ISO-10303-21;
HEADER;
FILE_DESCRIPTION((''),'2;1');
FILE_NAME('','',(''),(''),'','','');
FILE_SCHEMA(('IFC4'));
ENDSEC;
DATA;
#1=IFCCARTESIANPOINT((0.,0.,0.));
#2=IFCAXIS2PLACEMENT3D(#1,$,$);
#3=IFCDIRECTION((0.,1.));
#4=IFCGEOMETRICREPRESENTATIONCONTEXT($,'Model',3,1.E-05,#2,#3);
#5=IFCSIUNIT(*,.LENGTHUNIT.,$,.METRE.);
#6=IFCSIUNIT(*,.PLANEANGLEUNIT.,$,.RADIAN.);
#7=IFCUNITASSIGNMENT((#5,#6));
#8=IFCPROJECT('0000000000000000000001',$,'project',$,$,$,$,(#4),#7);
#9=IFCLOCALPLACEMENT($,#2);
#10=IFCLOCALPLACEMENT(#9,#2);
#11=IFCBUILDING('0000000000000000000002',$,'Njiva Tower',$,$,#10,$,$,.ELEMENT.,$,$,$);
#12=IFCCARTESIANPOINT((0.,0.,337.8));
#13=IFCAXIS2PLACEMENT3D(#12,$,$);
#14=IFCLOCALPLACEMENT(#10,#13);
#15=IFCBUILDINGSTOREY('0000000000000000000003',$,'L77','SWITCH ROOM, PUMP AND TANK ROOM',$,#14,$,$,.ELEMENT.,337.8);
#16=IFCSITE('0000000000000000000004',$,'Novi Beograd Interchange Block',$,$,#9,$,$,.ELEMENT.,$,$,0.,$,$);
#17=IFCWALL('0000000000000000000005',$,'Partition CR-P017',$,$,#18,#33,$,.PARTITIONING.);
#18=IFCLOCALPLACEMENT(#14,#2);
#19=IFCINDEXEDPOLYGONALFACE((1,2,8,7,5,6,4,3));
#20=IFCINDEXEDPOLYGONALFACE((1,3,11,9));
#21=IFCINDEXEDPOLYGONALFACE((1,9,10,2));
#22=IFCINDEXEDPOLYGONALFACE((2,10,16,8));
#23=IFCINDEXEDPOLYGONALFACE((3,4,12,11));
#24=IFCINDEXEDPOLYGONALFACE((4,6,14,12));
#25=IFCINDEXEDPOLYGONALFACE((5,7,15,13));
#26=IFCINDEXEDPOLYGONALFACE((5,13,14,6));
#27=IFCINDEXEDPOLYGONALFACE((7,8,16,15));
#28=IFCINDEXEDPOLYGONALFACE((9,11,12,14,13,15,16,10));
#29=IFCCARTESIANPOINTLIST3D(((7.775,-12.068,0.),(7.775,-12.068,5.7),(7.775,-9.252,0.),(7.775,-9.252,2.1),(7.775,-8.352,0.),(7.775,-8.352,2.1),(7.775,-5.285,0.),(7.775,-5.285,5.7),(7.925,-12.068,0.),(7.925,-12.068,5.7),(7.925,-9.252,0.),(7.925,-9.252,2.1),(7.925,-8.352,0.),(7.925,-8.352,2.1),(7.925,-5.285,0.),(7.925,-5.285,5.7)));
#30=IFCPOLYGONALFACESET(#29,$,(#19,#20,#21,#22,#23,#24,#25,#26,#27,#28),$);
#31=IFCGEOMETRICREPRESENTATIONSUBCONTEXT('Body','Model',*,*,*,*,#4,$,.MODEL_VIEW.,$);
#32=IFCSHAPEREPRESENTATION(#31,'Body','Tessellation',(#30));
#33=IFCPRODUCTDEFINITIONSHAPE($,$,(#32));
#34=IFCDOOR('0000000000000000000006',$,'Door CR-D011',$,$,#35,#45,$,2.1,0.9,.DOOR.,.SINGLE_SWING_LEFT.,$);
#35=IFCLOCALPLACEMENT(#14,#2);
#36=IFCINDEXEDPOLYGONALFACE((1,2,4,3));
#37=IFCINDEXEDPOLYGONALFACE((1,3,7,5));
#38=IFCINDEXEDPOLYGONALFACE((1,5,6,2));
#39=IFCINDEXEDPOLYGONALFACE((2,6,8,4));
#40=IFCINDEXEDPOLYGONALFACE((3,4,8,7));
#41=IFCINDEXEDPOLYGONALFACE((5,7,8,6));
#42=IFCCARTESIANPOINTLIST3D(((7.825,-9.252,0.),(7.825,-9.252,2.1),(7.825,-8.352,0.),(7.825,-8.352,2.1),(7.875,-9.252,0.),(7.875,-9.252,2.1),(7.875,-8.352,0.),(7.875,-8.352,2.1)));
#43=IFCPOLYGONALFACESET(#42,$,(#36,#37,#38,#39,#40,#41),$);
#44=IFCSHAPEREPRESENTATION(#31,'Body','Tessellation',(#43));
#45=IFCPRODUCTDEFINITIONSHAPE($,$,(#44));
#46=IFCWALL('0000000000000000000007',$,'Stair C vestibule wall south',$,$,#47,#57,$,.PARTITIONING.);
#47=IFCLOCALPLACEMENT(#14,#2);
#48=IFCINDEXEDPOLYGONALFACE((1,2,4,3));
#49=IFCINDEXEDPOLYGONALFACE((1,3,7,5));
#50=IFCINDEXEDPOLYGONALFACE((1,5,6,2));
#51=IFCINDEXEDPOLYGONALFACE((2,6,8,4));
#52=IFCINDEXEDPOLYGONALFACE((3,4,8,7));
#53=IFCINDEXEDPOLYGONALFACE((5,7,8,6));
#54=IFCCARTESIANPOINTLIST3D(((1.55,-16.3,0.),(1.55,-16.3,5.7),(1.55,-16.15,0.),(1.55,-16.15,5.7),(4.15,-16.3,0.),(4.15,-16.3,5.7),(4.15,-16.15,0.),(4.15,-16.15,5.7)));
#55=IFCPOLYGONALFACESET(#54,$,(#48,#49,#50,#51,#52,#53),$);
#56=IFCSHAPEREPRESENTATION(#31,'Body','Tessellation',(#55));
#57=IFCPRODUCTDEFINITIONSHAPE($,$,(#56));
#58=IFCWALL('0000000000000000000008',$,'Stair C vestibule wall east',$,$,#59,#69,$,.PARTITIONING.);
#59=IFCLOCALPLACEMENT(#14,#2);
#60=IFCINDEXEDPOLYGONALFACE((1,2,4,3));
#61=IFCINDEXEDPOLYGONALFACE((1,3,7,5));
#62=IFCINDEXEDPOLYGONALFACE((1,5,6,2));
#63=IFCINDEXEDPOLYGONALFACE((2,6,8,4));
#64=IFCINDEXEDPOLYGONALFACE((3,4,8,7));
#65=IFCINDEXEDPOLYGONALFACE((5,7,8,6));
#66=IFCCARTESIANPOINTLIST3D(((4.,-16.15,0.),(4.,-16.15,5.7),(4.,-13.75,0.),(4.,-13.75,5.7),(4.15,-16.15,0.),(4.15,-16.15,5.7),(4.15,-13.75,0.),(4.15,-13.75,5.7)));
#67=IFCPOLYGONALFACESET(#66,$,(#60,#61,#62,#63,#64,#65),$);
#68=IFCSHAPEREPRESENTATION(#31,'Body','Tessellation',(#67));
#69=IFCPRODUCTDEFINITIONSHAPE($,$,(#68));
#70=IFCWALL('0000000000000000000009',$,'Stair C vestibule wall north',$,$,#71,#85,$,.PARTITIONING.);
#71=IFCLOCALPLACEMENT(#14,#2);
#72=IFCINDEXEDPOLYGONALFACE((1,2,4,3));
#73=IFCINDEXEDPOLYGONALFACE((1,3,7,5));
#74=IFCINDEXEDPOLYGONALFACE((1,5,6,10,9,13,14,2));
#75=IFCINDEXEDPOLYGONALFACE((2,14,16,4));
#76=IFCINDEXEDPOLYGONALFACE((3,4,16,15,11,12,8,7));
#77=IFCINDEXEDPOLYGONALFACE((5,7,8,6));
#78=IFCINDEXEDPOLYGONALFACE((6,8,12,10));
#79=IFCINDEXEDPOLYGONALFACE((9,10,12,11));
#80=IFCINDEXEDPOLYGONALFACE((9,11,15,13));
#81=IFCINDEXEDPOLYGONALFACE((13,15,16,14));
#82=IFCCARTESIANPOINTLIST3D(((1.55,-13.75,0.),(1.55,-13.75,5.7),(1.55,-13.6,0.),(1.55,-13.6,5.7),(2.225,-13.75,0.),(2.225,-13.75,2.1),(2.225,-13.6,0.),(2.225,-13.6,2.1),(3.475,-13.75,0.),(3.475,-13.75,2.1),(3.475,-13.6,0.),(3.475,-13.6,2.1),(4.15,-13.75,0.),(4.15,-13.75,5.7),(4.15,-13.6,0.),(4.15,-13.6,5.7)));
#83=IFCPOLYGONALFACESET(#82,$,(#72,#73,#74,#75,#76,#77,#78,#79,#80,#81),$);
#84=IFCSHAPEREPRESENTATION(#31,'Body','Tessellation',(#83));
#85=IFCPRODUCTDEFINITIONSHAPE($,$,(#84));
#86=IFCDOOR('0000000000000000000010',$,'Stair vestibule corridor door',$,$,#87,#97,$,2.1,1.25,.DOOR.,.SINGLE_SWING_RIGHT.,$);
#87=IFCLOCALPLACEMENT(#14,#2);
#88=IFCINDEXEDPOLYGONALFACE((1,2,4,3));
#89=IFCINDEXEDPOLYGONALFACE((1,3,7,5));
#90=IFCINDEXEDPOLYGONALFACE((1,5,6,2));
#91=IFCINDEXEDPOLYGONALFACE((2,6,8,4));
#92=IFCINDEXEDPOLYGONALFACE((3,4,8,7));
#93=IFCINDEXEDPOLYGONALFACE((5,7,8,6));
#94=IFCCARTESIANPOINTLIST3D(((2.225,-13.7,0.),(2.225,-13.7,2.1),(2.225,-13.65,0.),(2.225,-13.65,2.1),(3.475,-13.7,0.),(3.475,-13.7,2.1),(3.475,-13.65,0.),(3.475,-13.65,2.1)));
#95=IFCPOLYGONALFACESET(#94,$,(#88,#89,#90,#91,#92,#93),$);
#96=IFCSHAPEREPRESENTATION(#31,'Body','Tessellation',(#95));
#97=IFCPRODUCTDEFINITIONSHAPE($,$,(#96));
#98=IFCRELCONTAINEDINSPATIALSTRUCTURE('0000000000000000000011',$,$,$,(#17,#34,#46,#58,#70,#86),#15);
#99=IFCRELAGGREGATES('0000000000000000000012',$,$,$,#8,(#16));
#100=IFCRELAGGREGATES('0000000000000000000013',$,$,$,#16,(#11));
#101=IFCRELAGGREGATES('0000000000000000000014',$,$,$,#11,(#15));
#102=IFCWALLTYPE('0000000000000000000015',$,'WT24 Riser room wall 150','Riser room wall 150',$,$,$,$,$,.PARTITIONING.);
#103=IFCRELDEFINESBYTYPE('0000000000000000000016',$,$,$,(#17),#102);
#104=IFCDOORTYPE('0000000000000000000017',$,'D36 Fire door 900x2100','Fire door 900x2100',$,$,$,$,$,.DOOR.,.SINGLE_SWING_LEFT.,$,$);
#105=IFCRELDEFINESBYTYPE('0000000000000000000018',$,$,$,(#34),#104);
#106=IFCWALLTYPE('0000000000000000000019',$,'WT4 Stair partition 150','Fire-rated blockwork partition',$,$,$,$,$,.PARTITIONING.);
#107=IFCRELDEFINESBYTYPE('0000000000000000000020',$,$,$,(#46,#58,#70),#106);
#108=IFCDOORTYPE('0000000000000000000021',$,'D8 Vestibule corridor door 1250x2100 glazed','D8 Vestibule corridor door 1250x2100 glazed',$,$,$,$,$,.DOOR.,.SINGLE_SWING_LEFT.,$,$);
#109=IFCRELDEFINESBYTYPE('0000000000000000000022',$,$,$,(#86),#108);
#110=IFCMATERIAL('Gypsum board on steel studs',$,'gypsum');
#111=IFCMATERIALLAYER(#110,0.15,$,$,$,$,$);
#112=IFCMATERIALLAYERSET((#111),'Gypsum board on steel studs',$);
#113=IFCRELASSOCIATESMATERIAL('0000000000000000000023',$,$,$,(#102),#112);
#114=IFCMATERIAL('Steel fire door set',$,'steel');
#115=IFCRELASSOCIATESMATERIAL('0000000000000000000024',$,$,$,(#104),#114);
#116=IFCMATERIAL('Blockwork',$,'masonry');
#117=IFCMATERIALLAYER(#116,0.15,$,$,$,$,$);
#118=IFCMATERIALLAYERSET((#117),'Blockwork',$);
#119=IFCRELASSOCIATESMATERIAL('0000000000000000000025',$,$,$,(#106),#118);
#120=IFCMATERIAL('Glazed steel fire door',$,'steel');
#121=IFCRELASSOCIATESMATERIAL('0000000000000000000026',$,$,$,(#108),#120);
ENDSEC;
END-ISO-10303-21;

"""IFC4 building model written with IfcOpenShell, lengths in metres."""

from ifc_helpers import new_model, si_unit, direction, frame, frame_2d, origin, place, context, subcontext, project, spatial, rectangle, extrude, material, layer, layer_set, type_object, element, fill, save


model = new_model("IFC4")

# Units and contexts
model_context = context("Model", 3, precision=1e-05, world=origin(), true_north=direction((0.0, 1.0)))
body_context = subcontext(model_context, "Body", "Model", "MODEL_VIEW")
ifc_project = project(units=[si_unit("LENGTHUNIT", "METRE"), si_unit("PLANEANGLEUNIT", "RADIAN")], contexts=[model_context])

# Site, building, storey
site_placement = place(None, origin())
site = spatial("IfcSite", under=ifc_project, at=site_placement, Name="Novi Beograd Interchange Block", CompositionType="ELEMENT", RefElevation=0.0)
building_placement = place(site_placement, origin())
building = spatial("IfcBuilding", under=site, at=building_placement, Name="Njiva Tower", CompositionType="ELEMENT")
storey_placement = place(building_placement, frame((0.0, 0.0, 337.8)))
storey = spatial("IfcBuildingStorey", under=building, at=storey_placement, Name="L77", Description="SWITCH ROOM, PUMP AND TANK ROOM", CompositionType="ELEMENT", Elevation=337.8)

# Shared definitions
ifc_material_1 = material(Name="Blockwork", Category="masonry")

# Wall, opening, door
ifc_material_2 = material(Name="Gypsum board on steel studs", Category="gypsum")
ifc_layer_1 = layer(ifc_material_2, 0.15)
ifc_layer_set_1 = layer_set([ifc_layer_1], Name="Gypsum board on steel studs")
wall_type_1 = type_object("IfcWallType", Name="WT24 Riser room wall 150", Description="Riser room wall 150", PredefinedType="PARTITIONING", material=ifc_layer_set_1)
wall_1_placement = place(storey_placement, frame((7.85, -12.068, 0.0), z_axis=(0.0, 0.0, 1.0), x_axis=(0.0, 1.0, 0.0)))
wall_1 = element("IfcWall", 1, at=wall_1_placement, inside=storey, type_object=wall_type_1, Name="Partition CR-P017", PredefinedType="PARTITIONING", context=body_context, shape_type="SweptSolid", body=[
    extrude(rectangle(XDim=6.783, YDim=0.15, at=frame_2d((3.3915, 0.0))), origin(), (0.0, 0.0, 1.0), 5.7),
])
opening_1_placement = place(wall_1_placement, frame((2.816, 0.0, 0.0)))
opening_1 = element("IfcOpeningElement", 2, at=opening_1_placement, cuts=wall_1, PredefinedType="OPENING", context=body_context, shape_type="SweptSolid", body=[
    extrude(rectangle(XDim=0.9, YDim=2.1, at=frame_2d((0.45, 1.05))), frame((0.0, 0.085, 0.0), z_axis=(0.0, -1.0, 0.0), x_axis=(1.0, 0.0, 0.0)), (0.0, 0.0, 1.0), 0.17),
])
ifc_material_3 = material(Name="Steel fire door set", Category="steel")
door_type_1 = type_object("IfcDoorType", Name="D36 Fire door 900x2100", Description="Fire door 900x2100", OperationType="SINGLE_SWING_LEFT", PredefinedType="DOOR", material=ifc_material_3)
door_1_placement = place(opening_1_placement, origin())
door_1 = element("IfcDoor", 3, at=door_1_placement, inside=storey, type_object=door_type_1, Name="Door CR-D011", OperationType="SINGLE_SWING_LEFT", OverallHeight=2.1, OverallWidth=0.9, PredefinedType="DOOR", context=body_context, shape_type="SweptSolid", body=[
    extrude(rectangle(XDim=0.9, YDim=2.1, at=frame_2d((0.45, 1.05))), frame((0.0, 0.025, 0.0), z_axis=(0.0, -1.0, 0.0), x_axis=(1.0, 0.0, 0.0)), (0.0, 0.0, 1.0), 0.05),
])
fill(opening_1, door_1)

# Walls
ifc_layer_2 = layer(ifc_material_1, 0.15)
ifc_layer_set_2 = layer_set([ifc_layer_2], Name="Blockwork")
wall_type_2 = type_object("IfcWallType", Name="WT4 Stair partition 150", Description="Fire-rated blockwork partition", PredefinedType="PARTITIONING", material=ifc_layer_set_2)
wall_2_placement = place(storey_placement, frame((1.55, -16.225, 0.0), z_axis=(0.0, 0.0, 1.0), x_axis=(1.0, 0.0, 0.0)))
element("IfcWall", 4, at=wall_2_placement, inside=storey, type_object=wall_type_2, Name="Stair C vestibule wall south", PredefinedType="PARTITIONING", context=body_context, shape_type="SweptSolid", body=[
    extrude(rectangle(XDim=2.6, YDim=0.15, at=frame_2d((1.3, 0.0))), origin(), (0.0, 0.0, 1.0), 5.7),
])
wall_3_placement = place(storey_placement, frame((4.075, -16.15, 0.0), z_axis=(0.0, 0.0, 1.0), x_axis=(0.0, 1.0, 0.0)))
element("IfcWall", 5, at=wall_3_placement, inside=storey, type_object=wall_type_2, Name="Stair C vestibule wall east", PredefinedType="PARTITIONING", context=body_context, shape_type="SweptSolid", body=[
    extrude(rectangle(XDim=2.4, YDim=0.15, at=frame_2d((1.2, 0.0))), origin(), (0.0, 0.0, 1.0), 5.7),
])

# Wall, opening, door
wall_4_placement = place(storey_placement, frame((1.55, -13.675, 0.0), z_axis=(0.0, 0.0, 1.0), x_axis=(1.0, 0.0, 0.0)))
wall_4 = element("IfcWall", 6, at=wall_4_placement, inside=storey, type_object=wall_type_2, Name="Stair C vestibule wall north", PredefinedType="PARTITIONING", context=body_context, shape_type="SweptSolid", body=[
    extrude(rectangle(XDim=2.6, YDim=0.15, at=frame_2d((1.3, 0.0))), origin(), (0.0, 0.0, 1.0), 5.7),
])
opening_2_placement = place(wall_4_placement, frame((0.675, 0.0, 0.0)))
opening_2 = element("IfcOpeningElement", 7, at=opening_2_placement, cuts=wall_4, PredefinedType="OPENING", context=body_context, shape_type="SweptSolid", body=[
    extrude(rectangle(XDim=1.25, YDim=2.1, at=frame_2d((0.625, 1.05))), frame((0.0, 0.085, 0.0), z_axis=(0.0, -1.0, 0.0), x_axis=(1.0, 0.0, 0.0)), (0.0, 0.0, 1.0), 0.17),
])
ifc_material_4 = material(Name="Glazed steel fire door", Category="steel")
door_type_2 = type_object("IfcDoorType", Name="D8 Vestibule corridor door 1250x2100 glazed", Description="D8 Vestibule corridor door 1250x2100 glazed", OperationType="SINGLE_SWING_LEFT", PredefinedType="DOOR", material=ifc_material_4)
door_2_placement = place(opening_2_placement, origin())
door_2 = element("IfcDoor", 8, at=door_2_placement, inside=storey, type_object=door_type_2, Name="Stair vestibule corridor door", OperationType="SINGLE_SWING_RIGHT", OverallHeight=2.1, OverallWidth=1.25, PredefinedType="DOOR", context=body_context, shape_type="SweptSolid", body=[
    extrude(rectangle(XDim=1.25, YDim=2.1, at=frame_2d((0.625, 1.05))), frame((0.0, 0.025, 0.0), z_axis=(0.0, -1.0, 0.0), x_axis=(1.0, 0.0, 0.0)), (0.0, 0.0, 1.0), 0.05),
])
fill(opening_2, door_2)

save(model, "model.ifc")
